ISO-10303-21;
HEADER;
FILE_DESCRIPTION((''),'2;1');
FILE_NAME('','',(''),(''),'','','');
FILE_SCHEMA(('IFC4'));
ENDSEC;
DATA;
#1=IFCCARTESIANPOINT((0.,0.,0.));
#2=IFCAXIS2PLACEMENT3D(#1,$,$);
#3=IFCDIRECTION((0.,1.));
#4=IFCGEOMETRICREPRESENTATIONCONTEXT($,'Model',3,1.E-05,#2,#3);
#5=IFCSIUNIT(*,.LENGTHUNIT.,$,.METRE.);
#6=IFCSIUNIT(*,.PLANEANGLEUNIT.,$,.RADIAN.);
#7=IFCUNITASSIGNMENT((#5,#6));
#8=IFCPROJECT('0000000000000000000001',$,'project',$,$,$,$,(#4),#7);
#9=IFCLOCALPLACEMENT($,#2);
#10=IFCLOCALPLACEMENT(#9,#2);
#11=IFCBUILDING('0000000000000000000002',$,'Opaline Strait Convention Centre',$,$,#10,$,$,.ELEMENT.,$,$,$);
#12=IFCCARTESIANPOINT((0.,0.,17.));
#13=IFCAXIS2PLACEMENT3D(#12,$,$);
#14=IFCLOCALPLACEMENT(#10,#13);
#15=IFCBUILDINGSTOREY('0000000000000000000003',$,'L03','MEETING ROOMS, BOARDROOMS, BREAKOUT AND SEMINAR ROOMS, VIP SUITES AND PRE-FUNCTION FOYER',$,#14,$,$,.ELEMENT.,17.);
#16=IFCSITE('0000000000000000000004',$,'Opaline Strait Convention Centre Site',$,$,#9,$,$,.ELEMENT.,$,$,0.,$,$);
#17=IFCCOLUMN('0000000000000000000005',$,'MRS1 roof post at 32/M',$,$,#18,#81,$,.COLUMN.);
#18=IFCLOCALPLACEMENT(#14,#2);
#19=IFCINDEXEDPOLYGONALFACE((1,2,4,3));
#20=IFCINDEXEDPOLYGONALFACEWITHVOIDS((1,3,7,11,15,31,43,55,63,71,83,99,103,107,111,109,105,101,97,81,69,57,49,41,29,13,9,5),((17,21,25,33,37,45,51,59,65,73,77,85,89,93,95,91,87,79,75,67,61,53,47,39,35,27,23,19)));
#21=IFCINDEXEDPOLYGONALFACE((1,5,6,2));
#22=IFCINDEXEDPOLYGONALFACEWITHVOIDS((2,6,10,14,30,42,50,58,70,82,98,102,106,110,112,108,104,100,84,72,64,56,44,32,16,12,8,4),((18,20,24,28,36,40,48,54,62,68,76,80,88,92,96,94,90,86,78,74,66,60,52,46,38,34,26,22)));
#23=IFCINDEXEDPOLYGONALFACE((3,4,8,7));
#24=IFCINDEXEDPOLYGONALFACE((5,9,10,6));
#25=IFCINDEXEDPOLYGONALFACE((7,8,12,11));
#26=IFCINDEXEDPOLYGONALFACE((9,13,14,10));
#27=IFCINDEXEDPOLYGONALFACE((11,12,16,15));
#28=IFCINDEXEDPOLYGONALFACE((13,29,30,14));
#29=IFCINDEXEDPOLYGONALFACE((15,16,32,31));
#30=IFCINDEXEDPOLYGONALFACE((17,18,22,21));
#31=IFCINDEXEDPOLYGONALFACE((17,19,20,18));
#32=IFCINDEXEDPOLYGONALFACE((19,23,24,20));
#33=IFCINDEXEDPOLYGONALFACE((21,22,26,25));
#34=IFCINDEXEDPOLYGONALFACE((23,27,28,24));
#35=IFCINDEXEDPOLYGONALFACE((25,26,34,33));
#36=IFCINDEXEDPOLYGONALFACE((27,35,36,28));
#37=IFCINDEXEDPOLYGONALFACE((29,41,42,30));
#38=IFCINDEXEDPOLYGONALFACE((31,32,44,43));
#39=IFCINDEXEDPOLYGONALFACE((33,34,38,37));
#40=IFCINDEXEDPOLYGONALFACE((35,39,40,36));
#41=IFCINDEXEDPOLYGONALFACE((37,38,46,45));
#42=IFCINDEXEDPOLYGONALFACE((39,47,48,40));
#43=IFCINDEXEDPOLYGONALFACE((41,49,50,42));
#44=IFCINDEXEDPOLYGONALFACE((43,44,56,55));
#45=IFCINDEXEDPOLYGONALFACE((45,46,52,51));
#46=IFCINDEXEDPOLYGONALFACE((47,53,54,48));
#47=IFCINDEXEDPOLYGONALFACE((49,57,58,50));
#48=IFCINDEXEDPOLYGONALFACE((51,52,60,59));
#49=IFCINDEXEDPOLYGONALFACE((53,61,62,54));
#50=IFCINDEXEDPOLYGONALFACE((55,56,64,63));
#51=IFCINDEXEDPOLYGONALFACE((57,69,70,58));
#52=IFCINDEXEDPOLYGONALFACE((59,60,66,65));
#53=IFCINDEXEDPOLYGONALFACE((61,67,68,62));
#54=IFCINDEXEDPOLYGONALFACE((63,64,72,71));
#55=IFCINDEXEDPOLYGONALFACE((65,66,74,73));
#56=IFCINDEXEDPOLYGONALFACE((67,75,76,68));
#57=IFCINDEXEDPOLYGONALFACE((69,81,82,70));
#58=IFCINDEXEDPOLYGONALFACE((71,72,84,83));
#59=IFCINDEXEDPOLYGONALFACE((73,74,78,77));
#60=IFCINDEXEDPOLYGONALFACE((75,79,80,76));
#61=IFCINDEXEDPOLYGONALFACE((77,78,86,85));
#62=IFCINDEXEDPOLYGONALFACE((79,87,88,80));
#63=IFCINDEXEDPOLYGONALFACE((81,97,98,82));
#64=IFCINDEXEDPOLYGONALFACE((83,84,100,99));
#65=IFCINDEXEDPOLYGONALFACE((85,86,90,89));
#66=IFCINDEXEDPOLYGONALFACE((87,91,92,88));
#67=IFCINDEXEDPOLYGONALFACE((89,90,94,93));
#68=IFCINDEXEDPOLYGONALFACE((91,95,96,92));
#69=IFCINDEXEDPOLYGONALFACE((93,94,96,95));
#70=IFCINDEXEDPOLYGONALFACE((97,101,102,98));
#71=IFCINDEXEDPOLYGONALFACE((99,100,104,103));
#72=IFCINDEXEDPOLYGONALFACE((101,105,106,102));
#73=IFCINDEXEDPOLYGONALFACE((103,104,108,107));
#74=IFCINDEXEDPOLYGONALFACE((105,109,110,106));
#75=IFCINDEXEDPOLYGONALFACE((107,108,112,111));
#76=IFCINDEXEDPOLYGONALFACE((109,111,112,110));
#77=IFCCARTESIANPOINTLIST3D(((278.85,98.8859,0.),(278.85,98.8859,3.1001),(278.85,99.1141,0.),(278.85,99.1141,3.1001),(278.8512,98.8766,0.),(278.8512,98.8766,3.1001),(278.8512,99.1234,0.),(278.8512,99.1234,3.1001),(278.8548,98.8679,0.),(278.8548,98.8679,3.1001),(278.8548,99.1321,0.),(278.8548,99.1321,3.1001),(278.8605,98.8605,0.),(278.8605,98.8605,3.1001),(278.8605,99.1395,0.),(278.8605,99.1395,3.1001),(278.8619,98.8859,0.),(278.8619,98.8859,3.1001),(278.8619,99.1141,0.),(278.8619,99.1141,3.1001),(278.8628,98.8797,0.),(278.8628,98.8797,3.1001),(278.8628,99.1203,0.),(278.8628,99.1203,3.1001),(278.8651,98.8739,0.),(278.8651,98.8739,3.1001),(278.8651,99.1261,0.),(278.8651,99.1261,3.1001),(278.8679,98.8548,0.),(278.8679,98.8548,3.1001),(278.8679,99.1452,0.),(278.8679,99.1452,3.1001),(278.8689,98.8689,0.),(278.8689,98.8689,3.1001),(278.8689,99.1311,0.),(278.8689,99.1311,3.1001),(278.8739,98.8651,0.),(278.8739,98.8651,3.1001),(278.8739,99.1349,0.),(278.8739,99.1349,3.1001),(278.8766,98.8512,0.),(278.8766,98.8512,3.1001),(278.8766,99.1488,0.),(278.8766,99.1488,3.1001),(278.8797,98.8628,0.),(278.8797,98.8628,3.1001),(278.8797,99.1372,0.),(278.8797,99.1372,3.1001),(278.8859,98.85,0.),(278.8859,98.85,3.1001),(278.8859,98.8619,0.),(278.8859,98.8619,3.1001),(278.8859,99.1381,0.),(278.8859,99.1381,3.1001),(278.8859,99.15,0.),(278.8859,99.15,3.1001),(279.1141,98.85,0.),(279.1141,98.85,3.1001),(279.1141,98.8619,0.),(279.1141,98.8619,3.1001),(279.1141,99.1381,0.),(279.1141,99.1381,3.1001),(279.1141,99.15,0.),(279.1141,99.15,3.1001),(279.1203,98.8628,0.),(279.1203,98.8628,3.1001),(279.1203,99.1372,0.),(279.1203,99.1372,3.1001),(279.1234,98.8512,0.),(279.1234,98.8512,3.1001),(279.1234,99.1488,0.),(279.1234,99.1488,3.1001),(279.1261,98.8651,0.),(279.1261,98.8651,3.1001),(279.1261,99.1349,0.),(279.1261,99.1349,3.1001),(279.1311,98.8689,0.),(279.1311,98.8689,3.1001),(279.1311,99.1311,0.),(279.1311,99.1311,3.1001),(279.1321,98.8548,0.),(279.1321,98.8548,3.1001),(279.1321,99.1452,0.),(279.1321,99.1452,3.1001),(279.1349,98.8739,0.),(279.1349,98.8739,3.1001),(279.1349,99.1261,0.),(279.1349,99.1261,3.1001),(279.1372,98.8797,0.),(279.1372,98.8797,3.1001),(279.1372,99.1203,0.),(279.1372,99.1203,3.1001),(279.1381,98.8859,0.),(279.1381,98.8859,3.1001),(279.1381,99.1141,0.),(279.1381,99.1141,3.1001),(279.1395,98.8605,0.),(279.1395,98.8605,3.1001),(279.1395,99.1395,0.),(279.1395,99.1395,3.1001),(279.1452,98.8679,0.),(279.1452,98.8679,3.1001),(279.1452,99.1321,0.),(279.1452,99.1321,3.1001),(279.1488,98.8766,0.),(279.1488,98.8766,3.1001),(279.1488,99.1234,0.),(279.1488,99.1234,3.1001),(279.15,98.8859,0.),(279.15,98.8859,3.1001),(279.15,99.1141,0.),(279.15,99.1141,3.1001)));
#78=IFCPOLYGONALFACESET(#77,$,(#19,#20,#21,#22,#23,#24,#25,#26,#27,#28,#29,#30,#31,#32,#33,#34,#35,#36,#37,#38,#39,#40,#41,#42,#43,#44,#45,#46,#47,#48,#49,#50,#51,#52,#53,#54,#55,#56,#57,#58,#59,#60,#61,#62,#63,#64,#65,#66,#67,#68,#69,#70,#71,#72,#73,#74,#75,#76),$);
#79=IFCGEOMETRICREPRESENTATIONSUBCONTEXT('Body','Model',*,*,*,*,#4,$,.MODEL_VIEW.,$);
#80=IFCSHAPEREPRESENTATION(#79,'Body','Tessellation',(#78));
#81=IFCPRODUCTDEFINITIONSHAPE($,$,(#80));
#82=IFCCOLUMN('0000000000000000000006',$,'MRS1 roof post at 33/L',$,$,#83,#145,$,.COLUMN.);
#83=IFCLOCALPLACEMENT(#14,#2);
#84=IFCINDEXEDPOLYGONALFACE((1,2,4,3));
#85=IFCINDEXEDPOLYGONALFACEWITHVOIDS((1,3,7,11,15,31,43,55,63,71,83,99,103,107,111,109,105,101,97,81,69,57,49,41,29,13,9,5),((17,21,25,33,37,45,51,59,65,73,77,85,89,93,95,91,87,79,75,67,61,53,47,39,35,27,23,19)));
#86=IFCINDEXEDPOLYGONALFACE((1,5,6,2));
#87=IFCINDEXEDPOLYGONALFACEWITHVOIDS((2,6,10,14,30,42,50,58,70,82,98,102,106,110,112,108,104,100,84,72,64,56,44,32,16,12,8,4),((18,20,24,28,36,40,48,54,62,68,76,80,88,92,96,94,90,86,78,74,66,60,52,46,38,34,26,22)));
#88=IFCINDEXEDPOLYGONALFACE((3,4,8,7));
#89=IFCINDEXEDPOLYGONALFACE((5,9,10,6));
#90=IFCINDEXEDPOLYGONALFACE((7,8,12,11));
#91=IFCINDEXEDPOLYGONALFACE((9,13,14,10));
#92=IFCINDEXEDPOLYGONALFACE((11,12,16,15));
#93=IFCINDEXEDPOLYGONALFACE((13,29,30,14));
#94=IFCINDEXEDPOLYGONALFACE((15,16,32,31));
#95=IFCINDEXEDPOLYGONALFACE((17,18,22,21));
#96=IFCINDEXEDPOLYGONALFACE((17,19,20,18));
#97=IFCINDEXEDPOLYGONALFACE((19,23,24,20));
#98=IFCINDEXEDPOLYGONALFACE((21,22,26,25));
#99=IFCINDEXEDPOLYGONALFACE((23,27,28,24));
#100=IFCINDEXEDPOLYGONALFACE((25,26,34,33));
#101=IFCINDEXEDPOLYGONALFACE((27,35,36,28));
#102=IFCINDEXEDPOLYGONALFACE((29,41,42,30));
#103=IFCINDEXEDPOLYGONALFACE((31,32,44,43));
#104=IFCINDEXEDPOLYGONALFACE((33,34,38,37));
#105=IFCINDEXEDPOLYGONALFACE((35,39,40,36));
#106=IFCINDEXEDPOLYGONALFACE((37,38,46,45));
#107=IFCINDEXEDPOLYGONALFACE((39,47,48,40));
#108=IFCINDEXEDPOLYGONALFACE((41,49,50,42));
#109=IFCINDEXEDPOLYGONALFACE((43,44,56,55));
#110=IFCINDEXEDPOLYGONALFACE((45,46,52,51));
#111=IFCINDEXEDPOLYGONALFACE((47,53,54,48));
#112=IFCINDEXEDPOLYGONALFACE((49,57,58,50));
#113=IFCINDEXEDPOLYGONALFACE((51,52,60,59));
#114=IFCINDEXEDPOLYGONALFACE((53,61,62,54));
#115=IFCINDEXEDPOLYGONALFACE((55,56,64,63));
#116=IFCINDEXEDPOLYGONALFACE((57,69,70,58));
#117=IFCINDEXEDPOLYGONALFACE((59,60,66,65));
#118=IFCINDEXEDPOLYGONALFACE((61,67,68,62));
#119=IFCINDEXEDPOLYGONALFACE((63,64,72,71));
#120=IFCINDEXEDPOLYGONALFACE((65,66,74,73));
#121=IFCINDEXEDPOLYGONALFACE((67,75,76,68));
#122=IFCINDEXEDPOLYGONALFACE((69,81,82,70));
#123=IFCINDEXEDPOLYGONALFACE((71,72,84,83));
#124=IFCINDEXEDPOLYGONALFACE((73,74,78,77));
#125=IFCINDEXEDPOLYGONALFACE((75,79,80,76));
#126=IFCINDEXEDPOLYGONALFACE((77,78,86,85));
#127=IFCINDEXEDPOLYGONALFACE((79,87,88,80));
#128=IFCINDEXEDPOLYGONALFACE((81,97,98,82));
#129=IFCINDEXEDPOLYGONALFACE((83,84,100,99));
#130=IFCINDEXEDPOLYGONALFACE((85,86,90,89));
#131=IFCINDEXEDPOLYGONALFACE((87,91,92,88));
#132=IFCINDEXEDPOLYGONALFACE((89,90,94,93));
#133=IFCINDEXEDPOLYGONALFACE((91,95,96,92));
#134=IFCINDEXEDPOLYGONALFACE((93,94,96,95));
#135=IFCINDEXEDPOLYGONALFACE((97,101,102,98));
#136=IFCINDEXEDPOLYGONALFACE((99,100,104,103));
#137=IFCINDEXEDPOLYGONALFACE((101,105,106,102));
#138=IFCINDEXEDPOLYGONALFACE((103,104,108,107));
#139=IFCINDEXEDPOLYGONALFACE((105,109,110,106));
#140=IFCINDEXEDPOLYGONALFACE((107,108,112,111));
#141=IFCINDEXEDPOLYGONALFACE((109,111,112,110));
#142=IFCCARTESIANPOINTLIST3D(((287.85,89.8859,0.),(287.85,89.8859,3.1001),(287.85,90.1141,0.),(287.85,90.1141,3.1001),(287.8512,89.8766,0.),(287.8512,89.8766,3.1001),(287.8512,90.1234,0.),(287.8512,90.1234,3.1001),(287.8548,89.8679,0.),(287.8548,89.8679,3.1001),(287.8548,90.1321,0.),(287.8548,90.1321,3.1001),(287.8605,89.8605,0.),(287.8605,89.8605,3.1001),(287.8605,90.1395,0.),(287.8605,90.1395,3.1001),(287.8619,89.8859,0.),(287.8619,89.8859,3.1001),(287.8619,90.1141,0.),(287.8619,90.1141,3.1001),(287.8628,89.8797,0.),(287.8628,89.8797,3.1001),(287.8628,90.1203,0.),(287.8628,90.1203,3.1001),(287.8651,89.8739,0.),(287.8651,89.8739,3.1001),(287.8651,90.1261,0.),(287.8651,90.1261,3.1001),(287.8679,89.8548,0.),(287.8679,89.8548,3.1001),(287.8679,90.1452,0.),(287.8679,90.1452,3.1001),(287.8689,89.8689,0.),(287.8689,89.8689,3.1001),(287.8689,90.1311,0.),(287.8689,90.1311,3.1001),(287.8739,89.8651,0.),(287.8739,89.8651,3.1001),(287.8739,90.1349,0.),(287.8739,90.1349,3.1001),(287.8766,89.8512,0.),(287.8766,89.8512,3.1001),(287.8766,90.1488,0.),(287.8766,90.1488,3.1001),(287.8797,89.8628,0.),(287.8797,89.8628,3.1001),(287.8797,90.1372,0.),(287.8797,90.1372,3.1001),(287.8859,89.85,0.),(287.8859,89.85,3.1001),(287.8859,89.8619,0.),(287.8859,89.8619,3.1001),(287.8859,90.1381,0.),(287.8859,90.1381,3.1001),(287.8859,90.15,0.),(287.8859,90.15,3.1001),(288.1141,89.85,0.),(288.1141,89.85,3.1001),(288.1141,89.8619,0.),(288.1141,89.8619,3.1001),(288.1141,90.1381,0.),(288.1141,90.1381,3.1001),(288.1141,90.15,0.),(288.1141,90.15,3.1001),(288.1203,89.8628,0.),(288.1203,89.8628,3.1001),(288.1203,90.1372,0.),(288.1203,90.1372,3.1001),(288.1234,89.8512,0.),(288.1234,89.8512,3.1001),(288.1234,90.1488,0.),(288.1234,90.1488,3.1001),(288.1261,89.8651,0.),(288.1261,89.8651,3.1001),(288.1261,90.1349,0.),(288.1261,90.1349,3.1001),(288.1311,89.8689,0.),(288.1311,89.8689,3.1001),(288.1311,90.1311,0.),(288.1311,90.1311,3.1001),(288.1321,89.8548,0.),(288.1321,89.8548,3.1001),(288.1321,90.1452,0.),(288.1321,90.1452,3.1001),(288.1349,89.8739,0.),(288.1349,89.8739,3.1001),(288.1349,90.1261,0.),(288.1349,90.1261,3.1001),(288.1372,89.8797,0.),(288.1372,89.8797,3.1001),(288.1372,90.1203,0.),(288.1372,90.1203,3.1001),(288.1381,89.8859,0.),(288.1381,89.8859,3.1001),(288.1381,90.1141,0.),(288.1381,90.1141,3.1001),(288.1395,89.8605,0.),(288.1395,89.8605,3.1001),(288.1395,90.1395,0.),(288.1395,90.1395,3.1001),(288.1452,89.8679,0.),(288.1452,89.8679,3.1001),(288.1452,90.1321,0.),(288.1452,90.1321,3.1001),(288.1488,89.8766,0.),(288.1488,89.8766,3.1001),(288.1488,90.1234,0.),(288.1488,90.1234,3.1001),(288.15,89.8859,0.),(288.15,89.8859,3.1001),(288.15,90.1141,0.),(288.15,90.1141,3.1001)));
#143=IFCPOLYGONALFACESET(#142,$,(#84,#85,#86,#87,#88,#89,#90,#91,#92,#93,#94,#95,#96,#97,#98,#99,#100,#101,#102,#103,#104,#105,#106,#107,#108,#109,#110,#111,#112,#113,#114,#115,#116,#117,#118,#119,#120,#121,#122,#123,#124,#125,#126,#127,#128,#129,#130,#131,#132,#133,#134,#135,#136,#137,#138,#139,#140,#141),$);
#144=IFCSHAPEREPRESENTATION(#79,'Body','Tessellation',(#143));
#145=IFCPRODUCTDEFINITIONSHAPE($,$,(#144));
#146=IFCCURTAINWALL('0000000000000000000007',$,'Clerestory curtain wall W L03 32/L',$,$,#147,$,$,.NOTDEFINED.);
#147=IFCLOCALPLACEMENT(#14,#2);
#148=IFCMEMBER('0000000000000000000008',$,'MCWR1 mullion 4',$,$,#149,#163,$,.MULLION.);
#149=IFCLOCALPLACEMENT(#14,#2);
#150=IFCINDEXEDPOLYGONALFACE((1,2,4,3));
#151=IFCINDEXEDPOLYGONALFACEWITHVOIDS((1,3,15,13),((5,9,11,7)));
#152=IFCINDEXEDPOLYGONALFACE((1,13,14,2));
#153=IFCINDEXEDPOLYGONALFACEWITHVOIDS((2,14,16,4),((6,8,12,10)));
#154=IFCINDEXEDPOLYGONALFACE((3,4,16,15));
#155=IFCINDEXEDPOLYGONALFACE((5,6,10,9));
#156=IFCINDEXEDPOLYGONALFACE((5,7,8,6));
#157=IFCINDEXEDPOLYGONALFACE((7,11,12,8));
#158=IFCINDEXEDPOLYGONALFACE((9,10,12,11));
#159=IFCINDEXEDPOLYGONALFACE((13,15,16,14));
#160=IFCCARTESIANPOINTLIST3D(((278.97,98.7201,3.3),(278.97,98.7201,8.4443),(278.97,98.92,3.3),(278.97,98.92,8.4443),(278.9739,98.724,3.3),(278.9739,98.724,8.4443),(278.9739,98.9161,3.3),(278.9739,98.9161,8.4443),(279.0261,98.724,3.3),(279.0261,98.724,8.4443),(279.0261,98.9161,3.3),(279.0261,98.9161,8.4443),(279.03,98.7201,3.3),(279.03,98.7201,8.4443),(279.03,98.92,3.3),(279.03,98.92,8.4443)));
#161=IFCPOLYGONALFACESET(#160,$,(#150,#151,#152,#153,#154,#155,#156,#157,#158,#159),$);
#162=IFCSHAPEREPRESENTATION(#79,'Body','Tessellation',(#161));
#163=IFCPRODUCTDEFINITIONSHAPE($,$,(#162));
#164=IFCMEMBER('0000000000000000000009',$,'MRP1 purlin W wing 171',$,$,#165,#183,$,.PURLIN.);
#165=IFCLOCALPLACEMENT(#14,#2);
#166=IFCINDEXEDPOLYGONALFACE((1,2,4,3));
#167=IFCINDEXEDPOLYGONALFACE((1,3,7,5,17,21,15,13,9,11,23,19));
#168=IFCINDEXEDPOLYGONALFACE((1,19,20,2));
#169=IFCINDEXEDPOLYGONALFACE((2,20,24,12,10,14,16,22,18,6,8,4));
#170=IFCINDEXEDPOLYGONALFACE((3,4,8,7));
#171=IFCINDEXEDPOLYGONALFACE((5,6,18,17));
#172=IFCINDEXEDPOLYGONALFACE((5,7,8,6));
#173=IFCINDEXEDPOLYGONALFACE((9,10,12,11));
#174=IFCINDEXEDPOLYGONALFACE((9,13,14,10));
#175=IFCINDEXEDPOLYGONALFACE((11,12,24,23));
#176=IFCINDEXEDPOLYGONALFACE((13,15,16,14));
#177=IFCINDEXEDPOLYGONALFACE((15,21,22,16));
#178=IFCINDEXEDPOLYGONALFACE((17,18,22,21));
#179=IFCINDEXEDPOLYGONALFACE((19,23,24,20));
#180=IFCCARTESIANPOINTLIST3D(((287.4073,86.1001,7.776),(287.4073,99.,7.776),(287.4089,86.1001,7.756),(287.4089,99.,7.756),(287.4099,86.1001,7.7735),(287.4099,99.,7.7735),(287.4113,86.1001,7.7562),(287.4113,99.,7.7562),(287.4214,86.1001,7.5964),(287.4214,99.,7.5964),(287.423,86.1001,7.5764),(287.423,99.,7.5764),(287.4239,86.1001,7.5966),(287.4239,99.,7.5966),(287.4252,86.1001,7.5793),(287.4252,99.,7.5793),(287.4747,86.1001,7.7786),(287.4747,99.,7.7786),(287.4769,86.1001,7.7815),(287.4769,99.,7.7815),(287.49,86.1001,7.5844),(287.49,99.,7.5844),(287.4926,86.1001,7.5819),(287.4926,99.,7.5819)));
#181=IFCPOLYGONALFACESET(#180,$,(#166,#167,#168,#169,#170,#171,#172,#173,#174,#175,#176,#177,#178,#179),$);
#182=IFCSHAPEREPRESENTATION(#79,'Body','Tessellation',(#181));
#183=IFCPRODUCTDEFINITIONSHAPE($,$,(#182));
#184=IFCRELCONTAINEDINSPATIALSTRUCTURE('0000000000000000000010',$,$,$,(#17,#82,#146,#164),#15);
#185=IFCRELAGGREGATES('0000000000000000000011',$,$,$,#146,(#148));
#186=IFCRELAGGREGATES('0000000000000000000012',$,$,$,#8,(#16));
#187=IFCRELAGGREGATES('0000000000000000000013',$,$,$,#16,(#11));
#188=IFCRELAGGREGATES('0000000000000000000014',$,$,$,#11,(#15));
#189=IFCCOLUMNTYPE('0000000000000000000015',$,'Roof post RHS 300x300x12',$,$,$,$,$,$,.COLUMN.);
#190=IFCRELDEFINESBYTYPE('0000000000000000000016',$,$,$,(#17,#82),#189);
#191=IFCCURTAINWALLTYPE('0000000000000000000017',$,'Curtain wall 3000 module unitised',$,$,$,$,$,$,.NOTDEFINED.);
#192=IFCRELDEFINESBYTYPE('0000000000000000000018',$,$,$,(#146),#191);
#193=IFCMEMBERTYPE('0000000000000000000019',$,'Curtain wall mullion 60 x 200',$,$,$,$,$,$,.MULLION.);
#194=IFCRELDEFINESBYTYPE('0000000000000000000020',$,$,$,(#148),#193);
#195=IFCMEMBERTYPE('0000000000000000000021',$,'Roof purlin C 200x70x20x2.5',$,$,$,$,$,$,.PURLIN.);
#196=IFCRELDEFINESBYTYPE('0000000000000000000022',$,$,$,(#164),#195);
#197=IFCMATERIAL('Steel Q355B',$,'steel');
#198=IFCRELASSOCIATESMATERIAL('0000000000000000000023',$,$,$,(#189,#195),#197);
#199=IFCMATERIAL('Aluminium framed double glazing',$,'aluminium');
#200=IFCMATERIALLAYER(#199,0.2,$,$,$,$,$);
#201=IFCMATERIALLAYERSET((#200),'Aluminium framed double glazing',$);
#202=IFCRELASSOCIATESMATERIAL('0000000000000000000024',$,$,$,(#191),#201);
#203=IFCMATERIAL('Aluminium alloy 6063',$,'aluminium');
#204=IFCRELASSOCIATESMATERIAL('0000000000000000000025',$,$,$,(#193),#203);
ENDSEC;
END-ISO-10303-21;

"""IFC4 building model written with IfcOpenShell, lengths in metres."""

from ifc_helpers import new_model, si_unit, direction, frame, origin, origin_2d, place, context, subcontext, project, spatial, polyline, hollow_rectangle, outline, extrude, material, layer, layer_set, material_profile, profile_set, type_object, element, aggregate, save


model = new_model("IFC4")

# Units and contexts
model_context = context("Model", 3, precision=1e-05, world=origin(), true_north=direction((0.0, 1.0)))
body_context = subcontext(model_context, "Body", "Model", "MODEL_VIEW")
ifc_project = project(units=[si_unit("LENGTHUNIT", "METRE"), si_unit("PLANEANGLEUNIT", "RADIAN")], contexts=[model_context])

# Site, building, storey
site_placement = place(None, origin())
site = spatial("IfcSite", under=ifc_project, at=site_placement, Name="Opaline Strait Convention Centre Site", CompositionType="ELEMENT", RefElevation=0.0)
building_placement = place(site_placement, origin())
building = spatial("IfcBuilding", under=site, at=building_placement, Name="Opaline Strait Convention Centre", CompositionType="ELEMENT")
storey_placement = place(building_placement, frame((0.0, 0.0, 17.0)))
storey = spatial("IfcBuildingStorey", under=building, at=storey_placement, Name="L03", Description="MEETING ROOMS, BOARDROOMS, BREAKOUT AND SEMINAR ROOMS, VIP SUITES AND PRE-FUNCTION FOYER", CompositionType="ELEMENT", Elevation=17.0)

# Columns
ifc_material_1 = material(Name="Steel Q355B", Category="steel")
ifc_material_profile_1 = material_profile(ifc_material_1, hollow_rectangle(XDim=0.3, YDim=0.3, WallThickness=0.012, InnerFilletRadius=0.0239, OuterFilletRadius=0.0359, at=origin_2d()), Name="RHS 300x300x12")
ifc_profile_set_1 = profile_set([ifc_material_profile_1], Name="Steel Q355B")
column_type = type_object("IfcColumnType", Name="Roof post RHS 300x300x12", PredefinedType="COLUMN", material=ifc_profile_set_1)
for number, where, z_axis, x_axis, name in (
    (1, (279.0, 99.0, 0.0), (0.0, 0.0, 1.0), (1.0, 0.0, 0.0), "MRS1 roof post at 32/M"),
    (2, (288.0, 90.0, 0.0), (0.0, 0.0, 1.0), (1.0, 0.0, 0.0), "MRS1 roof post at 33/L"),
):
    element("IfcColumn", number, at=place(storey_placement, frame(where, z_axis=z_axis, x_axis=x_axis)), inside=storey, type_object=column_type, Name=name, PredefinedType="COLUMN", context=body_context, shape_type="SweptSolid", body=[
        extrude(hollow_rectangle(XDim=0.3, YDim=0.3, WallThickness=0.012, InnerFilletRadius=0.0239, OuterFilletRadius=0.0359, at=origin_2d()), origin(), (0.0, 0.0, 1.0), 3.1001),
    ])

# Curtain wall, member
ifc_material_2 = material(Name="Aluminium framed double glazing", Category="aluminium")
ifc_layer_1 = layer(ifc_material_2, 0.2)
ifc_layer_set_1 = layer_set([ifc_layer_1], Name="Aluminium framed double glazing")
curtain_wall_type = type_object("IfcCurtainWallType", Name="Curtain wall 3000 module unitised", PredefinedType="NOTDEFINED", material=ifc_layer_set_1)
curtain_wall_placement = place(storey_placement, origin())
curtain_wall = element("IfcCurtainWall", 3, at=curtain_wall_placement, inside=storey, type_object=curtain_wall_type, Name="Clerestory curtain wall W L03 32/L", PredefinedType="NOTDEFINED")
ifc_material_3 = material(Name="Aluminium alloy 6063", Category="aluminium")
ifc_material_profile_2 = material_profile(ifc_material_3, hollow_rectangle(XDim=0.0601, YDim=0.2, WallThickness=0.0039, at=origin_2d()), Name="MULLION 60x200x4")
ifc_profile_set_2 = profile_set([ifc_material_profile_2], Name="Aluminium alloy 6063")
member_type_1 = type_object("IfcMemberType", Name="Curtain wall mullion 60 x 200", PredefinedType="MULLION", material=ifc_profile_set_2)
member_1_placement = place(storey_placement, frame((279.0, 98.8201, 3.3), z_axis=(0.0, 0.0, 1.0), x_axis=(-1.0, 0.0, 0.0)))
member_1 = element("IfcMember", 4, at=member_1_placement, type_object=member_type_1, Name="MCWR1 mullion 4", PredefinedType="MULLION", context=body_context, shape_type="SweptSolid", body=[
    extrude(hollow_rectangle(XDim=0.0601, YDim=0.2, WallThickness=0.0039, at=origin_2d()), origin(), (0.0, 0.0, 1.0), 5.1443),
])

# Member
ifc_material_profile_3 = material_profile(ifc_material_1, outline(polyline([(-0.0349, -0.1001), (0.0349, -0.1001), (0.0349, -0.0801), (0.0325, -0.0801), (0.0325, -0.0974), (-0.0325, -0.0974), (-0.0325, 0.0974), (0.0325, 0.0974), (0.0325, 0.0801), (0.0349, 0.0801), (0.0349, 0.1001), (-0.0349, 0.1001), (-0.0349, -0.1001)])), Name="C 200x70x20x2.5")
ifc_profile_set_3 = profile_set([ifc_material_profile_3], Name="Steel Q355B")
member_type_2 = type_object("IfcMemberType", Name="Roof purlin C 200x70x20x2.5", PredefinedType="PURLIN", material=ifc_profile_set_3)
for number, where, z_axis, x_axis, name in (
    (5, (287.45, 86.1001, 7.679), (0.0, 1.0, 0.0), (-0.996917, 0.0, -0.078459), "MRP1 purlin W wing 171"),
):
    element("IfcMember", number, at=place(storey_placement, frame(where, z_axis=z_axis, x_axis=x_axis)), inside=storey, type_object=member_type_2, Name=name, PredefinedType="PURLIN", context=body_context, shape_type="SweptSolid", body=[
        extrude(outline(polyline([(-0.0349, -0.1001), (0.0349, -0.1001), (0.0349, -0.0801), (0.0325, -0.0801), (0.0325, -0.0974), (-0.0325, -0.0974), (-0.0325, 0.0974), (0.0325, 0.0974), (0.0325, 0.0801), (0.0349, 0.0801), (0.0349, 0.1001), (-0.0349, 0.1001), (-0.0349, -0.1001)])), origin(), (0.0, 0.0, 1.0), 12.8999),
    ])

aggregate(curtain_wall, [member_1])

save(model, "model.ifc")
